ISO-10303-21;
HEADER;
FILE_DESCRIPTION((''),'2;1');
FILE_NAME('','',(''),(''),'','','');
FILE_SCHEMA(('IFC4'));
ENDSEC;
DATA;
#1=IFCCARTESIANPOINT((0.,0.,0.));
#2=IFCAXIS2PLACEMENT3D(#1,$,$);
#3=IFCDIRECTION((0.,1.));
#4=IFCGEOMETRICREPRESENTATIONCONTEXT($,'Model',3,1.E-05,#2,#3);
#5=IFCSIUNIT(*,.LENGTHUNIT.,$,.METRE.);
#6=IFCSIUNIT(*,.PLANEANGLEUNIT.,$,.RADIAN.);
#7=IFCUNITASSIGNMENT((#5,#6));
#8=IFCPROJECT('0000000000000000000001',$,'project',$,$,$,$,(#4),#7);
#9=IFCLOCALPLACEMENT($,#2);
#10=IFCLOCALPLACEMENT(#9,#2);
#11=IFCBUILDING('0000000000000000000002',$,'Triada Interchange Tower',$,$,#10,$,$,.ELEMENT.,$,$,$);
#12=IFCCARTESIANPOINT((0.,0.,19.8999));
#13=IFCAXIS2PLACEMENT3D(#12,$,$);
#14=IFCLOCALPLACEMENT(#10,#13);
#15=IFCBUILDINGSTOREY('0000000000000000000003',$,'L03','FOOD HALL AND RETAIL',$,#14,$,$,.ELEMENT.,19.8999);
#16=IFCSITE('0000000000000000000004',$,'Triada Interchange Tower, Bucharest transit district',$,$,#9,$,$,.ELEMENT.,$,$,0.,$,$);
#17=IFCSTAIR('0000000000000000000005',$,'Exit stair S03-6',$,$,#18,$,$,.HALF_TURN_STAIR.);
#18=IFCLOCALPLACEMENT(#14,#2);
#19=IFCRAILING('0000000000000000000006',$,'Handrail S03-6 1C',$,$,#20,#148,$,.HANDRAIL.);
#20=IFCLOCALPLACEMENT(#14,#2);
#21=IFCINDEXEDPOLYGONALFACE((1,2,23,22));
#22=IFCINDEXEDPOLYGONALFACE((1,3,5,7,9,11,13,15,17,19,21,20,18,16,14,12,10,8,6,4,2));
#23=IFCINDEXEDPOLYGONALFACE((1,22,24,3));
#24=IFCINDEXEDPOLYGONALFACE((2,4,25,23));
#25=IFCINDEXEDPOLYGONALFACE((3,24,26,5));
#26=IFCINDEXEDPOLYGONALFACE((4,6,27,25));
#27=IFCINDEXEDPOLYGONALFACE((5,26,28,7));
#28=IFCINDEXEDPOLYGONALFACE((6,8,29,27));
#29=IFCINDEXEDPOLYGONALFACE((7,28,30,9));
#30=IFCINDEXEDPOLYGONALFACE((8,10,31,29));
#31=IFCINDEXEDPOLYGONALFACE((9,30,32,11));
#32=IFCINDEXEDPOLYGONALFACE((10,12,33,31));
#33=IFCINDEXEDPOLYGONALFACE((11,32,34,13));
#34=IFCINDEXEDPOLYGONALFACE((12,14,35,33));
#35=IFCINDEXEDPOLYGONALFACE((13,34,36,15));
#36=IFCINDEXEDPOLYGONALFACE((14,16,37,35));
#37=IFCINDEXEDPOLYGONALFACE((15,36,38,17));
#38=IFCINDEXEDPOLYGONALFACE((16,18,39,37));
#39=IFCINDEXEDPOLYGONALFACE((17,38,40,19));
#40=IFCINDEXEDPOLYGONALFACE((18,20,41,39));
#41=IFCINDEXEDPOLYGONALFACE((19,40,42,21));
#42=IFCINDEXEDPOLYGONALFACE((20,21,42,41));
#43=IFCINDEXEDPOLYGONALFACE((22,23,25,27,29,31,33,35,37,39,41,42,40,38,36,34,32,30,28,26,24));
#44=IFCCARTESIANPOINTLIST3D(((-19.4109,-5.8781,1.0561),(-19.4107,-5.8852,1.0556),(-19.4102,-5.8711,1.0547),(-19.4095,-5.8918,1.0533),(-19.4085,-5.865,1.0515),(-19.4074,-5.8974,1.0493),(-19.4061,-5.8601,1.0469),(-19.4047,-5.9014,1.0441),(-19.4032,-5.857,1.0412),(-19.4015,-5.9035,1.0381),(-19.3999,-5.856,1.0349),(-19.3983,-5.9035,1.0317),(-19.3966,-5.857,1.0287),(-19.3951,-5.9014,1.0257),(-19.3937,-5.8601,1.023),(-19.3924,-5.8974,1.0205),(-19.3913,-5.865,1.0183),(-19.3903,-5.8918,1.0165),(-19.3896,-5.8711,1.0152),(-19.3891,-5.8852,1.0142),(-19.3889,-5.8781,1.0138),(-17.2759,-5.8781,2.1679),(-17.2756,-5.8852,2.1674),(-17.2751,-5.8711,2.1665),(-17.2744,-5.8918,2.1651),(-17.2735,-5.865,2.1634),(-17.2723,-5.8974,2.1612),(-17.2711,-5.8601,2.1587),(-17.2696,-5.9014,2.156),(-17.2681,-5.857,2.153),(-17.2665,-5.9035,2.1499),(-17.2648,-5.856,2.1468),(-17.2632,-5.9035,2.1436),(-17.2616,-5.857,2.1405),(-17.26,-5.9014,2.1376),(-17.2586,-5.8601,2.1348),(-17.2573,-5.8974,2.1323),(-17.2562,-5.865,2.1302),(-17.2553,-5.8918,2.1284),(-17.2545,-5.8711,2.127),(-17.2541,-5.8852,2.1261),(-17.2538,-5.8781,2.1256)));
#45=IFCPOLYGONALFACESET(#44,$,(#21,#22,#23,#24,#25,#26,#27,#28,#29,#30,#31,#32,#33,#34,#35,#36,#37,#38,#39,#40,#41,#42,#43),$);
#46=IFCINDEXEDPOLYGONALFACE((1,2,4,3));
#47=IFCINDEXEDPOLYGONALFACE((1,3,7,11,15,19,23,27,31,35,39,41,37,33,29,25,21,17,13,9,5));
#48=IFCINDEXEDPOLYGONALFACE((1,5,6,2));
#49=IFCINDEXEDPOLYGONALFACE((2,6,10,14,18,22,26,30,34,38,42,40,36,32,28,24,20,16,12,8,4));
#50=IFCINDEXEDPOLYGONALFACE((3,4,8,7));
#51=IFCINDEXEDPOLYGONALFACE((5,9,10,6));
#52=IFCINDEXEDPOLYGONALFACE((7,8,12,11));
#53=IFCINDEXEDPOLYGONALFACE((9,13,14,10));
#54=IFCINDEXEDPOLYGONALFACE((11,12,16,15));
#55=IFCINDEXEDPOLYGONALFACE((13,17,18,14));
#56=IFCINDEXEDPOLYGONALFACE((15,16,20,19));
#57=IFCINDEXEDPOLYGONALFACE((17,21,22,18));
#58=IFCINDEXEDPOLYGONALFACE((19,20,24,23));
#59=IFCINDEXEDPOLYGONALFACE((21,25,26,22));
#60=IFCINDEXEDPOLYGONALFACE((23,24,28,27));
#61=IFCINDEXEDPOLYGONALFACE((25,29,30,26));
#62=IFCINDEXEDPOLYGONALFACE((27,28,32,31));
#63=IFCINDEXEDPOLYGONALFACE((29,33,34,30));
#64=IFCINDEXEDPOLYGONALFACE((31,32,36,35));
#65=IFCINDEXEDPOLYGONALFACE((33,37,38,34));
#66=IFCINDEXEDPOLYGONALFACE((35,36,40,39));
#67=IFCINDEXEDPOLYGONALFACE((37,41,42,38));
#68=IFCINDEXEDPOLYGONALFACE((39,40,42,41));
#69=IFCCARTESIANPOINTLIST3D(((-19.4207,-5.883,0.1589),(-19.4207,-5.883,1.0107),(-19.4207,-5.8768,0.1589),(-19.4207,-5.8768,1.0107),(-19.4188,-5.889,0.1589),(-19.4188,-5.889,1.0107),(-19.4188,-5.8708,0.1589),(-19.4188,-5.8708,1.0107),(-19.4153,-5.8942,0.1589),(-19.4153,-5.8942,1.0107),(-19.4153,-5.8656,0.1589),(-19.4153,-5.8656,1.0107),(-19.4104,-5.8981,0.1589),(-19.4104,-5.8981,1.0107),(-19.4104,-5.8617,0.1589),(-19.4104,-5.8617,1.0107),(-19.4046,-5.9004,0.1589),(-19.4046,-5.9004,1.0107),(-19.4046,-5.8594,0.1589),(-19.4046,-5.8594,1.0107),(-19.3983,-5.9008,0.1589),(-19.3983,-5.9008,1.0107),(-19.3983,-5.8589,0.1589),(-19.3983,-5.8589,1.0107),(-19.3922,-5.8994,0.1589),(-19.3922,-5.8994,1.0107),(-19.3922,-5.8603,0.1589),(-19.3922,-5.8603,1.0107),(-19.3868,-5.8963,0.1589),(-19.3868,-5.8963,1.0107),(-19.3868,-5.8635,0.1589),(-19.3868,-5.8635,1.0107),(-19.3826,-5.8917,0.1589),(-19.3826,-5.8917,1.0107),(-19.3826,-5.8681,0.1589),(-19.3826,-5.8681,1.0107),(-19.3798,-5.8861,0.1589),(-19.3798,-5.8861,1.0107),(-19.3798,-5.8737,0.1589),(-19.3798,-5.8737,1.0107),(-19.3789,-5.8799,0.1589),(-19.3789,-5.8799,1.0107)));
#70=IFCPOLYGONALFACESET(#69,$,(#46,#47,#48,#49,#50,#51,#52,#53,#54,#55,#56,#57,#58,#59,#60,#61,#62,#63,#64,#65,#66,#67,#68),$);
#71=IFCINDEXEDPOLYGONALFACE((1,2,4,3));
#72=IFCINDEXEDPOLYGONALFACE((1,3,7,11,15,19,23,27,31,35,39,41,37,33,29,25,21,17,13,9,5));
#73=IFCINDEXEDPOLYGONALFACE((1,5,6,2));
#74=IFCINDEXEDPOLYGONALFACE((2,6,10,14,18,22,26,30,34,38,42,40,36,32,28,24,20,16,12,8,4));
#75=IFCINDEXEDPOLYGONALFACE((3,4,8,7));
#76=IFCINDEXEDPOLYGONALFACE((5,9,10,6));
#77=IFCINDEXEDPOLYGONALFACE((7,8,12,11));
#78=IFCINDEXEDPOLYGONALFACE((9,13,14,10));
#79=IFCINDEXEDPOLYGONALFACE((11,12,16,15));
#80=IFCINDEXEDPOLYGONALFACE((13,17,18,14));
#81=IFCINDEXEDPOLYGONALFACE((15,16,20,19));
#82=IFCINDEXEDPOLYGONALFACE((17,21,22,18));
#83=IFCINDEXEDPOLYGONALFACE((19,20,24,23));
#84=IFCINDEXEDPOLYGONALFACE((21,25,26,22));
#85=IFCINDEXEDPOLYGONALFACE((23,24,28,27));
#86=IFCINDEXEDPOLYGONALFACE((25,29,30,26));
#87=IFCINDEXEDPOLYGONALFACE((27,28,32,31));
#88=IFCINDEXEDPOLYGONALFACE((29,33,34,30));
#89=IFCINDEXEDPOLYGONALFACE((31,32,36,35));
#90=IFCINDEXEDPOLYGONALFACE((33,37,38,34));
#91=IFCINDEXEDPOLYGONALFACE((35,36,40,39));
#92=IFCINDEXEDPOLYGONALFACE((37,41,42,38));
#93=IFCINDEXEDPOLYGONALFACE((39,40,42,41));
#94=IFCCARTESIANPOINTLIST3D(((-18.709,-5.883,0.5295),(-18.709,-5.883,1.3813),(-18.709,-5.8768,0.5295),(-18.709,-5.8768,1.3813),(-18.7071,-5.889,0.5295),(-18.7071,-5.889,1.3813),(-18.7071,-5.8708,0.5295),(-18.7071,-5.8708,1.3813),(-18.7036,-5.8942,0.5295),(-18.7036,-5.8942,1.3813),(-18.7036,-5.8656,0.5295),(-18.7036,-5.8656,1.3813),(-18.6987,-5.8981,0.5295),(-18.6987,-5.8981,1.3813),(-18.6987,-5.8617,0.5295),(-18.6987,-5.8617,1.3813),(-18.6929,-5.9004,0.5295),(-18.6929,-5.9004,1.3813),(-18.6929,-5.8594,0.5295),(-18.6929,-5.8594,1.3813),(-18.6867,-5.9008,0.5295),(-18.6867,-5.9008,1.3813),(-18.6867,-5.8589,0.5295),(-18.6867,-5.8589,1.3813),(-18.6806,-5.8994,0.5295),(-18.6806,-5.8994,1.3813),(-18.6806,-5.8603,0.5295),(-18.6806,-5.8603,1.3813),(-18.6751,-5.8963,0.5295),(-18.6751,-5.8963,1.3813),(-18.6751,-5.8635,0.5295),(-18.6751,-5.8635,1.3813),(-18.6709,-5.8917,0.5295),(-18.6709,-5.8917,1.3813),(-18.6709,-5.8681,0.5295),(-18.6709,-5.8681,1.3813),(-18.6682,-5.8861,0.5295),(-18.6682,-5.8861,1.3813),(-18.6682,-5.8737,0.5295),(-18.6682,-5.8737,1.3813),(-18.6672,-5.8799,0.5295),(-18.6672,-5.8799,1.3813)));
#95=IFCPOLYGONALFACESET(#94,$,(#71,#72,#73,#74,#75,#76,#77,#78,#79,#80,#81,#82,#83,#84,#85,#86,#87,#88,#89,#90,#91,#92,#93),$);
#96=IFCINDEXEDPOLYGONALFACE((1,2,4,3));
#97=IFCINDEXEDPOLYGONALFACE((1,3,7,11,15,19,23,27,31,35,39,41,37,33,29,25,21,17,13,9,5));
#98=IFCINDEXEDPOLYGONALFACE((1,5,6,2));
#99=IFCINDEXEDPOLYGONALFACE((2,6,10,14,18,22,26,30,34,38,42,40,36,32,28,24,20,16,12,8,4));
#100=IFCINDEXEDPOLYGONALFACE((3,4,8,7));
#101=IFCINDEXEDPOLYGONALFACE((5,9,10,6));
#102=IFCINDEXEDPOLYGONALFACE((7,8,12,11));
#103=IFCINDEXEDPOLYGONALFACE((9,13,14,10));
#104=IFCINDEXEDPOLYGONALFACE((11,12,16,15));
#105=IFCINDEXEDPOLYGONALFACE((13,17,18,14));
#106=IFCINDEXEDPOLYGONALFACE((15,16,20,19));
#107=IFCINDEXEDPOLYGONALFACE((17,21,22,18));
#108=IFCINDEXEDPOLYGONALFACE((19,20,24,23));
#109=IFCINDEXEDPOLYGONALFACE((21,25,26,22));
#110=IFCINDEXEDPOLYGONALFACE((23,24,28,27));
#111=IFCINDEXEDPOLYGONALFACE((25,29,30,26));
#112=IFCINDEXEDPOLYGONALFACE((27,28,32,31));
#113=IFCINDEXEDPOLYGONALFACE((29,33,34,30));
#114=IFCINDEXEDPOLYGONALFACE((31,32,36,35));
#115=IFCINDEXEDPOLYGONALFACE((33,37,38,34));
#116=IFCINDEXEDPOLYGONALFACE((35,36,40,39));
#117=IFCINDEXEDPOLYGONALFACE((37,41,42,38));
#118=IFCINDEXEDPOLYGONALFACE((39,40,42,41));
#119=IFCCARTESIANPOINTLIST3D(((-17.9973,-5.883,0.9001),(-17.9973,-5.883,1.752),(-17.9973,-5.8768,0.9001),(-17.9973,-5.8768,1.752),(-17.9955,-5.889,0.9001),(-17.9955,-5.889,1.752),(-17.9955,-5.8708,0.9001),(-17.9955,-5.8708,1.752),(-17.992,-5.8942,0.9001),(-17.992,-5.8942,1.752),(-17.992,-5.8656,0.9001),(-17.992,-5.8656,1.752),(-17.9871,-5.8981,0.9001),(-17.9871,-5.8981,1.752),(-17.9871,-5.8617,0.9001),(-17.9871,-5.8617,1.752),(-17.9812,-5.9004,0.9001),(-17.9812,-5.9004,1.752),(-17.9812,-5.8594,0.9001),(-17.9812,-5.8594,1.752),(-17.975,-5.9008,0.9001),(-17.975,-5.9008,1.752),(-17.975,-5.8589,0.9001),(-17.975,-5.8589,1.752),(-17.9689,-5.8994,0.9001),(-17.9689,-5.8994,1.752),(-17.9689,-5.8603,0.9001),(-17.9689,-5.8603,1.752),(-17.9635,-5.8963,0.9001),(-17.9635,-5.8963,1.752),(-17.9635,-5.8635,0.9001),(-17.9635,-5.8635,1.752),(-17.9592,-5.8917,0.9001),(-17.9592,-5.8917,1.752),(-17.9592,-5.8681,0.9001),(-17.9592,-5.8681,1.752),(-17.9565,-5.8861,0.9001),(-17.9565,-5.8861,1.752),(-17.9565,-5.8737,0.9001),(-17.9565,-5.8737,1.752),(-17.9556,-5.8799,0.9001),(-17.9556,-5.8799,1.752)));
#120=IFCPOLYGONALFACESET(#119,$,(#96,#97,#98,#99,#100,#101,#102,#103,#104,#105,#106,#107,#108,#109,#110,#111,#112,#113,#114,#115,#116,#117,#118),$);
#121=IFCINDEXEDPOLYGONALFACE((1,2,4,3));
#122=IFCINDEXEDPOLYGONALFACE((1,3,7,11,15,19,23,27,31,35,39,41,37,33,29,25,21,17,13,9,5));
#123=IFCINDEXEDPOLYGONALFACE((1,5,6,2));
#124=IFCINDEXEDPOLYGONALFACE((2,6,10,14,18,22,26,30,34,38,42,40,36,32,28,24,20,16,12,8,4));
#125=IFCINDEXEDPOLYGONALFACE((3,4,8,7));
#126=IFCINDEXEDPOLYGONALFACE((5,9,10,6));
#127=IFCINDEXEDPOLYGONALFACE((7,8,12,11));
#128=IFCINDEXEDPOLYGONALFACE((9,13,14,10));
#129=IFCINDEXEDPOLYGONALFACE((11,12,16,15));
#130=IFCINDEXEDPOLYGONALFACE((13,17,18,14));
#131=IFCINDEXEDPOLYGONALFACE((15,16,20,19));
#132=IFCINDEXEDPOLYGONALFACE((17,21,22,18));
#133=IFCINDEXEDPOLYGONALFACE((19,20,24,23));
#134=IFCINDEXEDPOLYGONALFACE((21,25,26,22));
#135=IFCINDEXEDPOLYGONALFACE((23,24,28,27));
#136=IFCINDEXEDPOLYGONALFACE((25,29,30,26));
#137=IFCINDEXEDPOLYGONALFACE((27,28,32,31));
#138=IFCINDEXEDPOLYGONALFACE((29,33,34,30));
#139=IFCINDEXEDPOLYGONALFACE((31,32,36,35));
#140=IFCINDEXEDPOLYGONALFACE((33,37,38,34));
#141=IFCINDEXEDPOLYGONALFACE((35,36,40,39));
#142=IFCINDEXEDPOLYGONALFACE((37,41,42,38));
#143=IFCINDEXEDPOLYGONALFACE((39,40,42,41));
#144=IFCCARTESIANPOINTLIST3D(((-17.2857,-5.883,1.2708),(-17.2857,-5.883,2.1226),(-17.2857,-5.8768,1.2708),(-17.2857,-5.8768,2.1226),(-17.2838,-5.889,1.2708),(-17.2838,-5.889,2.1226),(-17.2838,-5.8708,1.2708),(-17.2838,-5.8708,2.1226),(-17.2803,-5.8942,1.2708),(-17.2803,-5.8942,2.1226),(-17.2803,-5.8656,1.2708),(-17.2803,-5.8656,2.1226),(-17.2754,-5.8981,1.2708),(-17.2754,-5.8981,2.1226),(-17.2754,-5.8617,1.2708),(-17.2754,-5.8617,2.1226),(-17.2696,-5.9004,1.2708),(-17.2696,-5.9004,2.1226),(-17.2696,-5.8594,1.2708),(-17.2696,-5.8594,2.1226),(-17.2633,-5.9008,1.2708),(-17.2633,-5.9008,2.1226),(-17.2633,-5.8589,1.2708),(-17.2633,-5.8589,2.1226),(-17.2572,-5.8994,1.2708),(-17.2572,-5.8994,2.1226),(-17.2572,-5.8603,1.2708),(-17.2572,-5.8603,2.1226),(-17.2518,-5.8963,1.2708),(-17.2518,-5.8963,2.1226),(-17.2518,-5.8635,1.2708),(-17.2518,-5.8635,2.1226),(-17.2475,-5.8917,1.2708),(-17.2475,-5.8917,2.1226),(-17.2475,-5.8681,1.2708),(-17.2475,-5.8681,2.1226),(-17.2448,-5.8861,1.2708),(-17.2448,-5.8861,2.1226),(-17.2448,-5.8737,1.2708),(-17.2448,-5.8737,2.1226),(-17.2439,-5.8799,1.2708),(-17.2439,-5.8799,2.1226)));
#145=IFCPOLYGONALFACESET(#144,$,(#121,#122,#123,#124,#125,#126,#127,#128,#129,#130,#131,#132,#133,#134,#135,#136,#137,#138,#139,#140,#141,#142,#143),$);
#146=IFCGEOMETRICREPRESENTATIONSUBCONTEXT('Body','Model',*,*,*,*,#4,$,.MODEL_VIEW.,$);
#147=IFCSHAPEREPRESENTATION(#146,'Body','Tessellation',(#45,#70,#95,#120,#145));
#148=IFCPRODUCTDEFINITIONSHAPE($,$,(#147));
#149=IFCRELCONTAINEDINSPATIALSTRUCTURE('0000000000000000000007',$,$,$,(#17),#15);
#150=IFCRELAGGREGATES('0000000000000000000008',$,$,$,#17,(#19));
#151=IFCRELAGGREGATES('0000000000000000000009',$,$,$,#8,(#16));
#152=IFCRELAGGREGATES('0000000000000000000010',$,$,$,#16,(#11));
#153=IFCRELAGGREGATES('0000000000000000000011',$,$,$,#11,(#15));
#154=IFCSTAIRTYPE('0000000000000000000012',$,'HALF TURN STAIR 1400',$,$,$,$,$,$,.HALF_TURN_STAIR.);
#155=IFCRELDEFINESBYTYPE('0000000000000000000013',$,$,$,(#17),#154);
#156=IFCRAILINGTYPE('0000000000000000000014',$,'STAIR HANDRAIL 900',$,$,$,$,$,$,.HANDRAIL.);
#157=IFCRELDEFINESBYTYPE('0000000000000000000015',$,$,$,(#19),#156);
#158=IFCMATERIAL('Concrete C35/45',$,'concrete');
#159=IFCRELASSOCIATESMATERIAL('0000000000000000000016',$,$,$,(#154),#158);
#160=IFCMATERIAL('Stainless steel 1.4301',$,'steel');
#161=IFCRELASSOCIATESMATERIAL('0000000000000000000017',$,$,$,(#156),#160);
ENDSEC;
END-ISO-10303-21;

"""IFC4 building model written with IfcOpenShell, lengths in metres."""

from ifc_helpers import new_model, si_unit, direction, frame, origin, origin_2d, place, context, subcontext, project, spatial, circle, extrude, material, type_object, element, aggregate, save


model = new_model("IFC4")

# Units and contexts
model_context = context("Model", 3, precision=1e-05, world=origin(), true_north=direction((0.0, 1.0)))
body_context = subcontext(model_context, "Body", "Model", "MODEL_VIEW")
ifc_project = project(units=[si_unit("LENGTHUNIT", "METRE"), si_unit("PLANEANGLEUNIT", "RADIAN")], contexts=[model_context])

# Site, building, storey
site_placement = place(None, origin())
site = spatial("IfcSite", under=ifc_project, at=site_placement, Name="Triada Interchange Tower, Bucharest transit district", CompositionType="ELEMENT", RefElevation=0.0)
building_placement = place(site_placement, origin())
building = spatial("IfcBuilding", under=site, at=building_placement, Name="Triada Interchange Tower", CompositionType="ELEMENT")
storey_placement = place(building_placement, frame((0.0, 0.0, 19.8999)))
storey = spatial("IfcBuildingStorey", under=building, at=storey_placement, Name="L03", Description="FOOD HALL AND RETAIL", CompositionType="ELEMENT", Elevation=19.8999)

# Stair, railing
ifc_material_1 = material(Name="Concrete C35/45", Category="concrete")
stair_type = type_object("IfcStairType", Name="HALF TURN STAIR 1400", PredefinedType="HALF_TURN_STAIR", material=ifc_material_1)
stair_placement = place(storey_placement, origin())
stair = element("IfcStair", 1, at=stair_placement, inside=storey, type_object=stair_type, Name="Exit stair S03-6", PredefinedType="HALF_TURN_STAIR")
ifc_material_2 = material(Name="Stainless steel 1.4301", Category="steel")
railing_type = type_object("IfcRailingType", Name="STAIR HANDRAIL 900", PredefinedType="HANDRAIL", material=ifc_material_2)
railing_1_placement = place(storey_placement, frame((-19.3999, -5.8799, 0.1589)))
railing_1 = element("IfcRailing", 2, at=railing_1_placement, type_object=railing_type, Name="Handrail S03-6 1C", PredefinedType="HANDRAIL", context=body_context, shape_type="SweptSolid", body=[
    extrude(circle(Radius=0.0239, at=origin_2d()), frame((0.0, 0.0, 0.876), z_axis=(0.886943, 0.0, 0.46188), x_axis=(0.0, 1.0, 0.0)), (0.0, 0.0, 1.0), 2.4072),
    extrude(circle(Radius=0.021, at=origin_2d()), origin(), (0.0, 0.0, 1.0), 0.8518),
    extrude(circle(Radius=0.021, at=origin_2d()), frame((0.7117, 0.0, 0.3706)), (0.0, 0.0, 1.0), 0.8518),
    extrude(circle(Radius=0.021, at=origin_2d()), frame((1.4233, 0.0, 0.7412)), (0.0, 0.0, 1.0), 0.8518),
    extrude(circle(Radius=0.021, at=origin_2d()), frame((2.135, 0.0, 1.1118)), (0.0, 0.0, 1.0), 0.8518),
])
aggregate(stair, [railing_1])

save(model, "model.ifc")
